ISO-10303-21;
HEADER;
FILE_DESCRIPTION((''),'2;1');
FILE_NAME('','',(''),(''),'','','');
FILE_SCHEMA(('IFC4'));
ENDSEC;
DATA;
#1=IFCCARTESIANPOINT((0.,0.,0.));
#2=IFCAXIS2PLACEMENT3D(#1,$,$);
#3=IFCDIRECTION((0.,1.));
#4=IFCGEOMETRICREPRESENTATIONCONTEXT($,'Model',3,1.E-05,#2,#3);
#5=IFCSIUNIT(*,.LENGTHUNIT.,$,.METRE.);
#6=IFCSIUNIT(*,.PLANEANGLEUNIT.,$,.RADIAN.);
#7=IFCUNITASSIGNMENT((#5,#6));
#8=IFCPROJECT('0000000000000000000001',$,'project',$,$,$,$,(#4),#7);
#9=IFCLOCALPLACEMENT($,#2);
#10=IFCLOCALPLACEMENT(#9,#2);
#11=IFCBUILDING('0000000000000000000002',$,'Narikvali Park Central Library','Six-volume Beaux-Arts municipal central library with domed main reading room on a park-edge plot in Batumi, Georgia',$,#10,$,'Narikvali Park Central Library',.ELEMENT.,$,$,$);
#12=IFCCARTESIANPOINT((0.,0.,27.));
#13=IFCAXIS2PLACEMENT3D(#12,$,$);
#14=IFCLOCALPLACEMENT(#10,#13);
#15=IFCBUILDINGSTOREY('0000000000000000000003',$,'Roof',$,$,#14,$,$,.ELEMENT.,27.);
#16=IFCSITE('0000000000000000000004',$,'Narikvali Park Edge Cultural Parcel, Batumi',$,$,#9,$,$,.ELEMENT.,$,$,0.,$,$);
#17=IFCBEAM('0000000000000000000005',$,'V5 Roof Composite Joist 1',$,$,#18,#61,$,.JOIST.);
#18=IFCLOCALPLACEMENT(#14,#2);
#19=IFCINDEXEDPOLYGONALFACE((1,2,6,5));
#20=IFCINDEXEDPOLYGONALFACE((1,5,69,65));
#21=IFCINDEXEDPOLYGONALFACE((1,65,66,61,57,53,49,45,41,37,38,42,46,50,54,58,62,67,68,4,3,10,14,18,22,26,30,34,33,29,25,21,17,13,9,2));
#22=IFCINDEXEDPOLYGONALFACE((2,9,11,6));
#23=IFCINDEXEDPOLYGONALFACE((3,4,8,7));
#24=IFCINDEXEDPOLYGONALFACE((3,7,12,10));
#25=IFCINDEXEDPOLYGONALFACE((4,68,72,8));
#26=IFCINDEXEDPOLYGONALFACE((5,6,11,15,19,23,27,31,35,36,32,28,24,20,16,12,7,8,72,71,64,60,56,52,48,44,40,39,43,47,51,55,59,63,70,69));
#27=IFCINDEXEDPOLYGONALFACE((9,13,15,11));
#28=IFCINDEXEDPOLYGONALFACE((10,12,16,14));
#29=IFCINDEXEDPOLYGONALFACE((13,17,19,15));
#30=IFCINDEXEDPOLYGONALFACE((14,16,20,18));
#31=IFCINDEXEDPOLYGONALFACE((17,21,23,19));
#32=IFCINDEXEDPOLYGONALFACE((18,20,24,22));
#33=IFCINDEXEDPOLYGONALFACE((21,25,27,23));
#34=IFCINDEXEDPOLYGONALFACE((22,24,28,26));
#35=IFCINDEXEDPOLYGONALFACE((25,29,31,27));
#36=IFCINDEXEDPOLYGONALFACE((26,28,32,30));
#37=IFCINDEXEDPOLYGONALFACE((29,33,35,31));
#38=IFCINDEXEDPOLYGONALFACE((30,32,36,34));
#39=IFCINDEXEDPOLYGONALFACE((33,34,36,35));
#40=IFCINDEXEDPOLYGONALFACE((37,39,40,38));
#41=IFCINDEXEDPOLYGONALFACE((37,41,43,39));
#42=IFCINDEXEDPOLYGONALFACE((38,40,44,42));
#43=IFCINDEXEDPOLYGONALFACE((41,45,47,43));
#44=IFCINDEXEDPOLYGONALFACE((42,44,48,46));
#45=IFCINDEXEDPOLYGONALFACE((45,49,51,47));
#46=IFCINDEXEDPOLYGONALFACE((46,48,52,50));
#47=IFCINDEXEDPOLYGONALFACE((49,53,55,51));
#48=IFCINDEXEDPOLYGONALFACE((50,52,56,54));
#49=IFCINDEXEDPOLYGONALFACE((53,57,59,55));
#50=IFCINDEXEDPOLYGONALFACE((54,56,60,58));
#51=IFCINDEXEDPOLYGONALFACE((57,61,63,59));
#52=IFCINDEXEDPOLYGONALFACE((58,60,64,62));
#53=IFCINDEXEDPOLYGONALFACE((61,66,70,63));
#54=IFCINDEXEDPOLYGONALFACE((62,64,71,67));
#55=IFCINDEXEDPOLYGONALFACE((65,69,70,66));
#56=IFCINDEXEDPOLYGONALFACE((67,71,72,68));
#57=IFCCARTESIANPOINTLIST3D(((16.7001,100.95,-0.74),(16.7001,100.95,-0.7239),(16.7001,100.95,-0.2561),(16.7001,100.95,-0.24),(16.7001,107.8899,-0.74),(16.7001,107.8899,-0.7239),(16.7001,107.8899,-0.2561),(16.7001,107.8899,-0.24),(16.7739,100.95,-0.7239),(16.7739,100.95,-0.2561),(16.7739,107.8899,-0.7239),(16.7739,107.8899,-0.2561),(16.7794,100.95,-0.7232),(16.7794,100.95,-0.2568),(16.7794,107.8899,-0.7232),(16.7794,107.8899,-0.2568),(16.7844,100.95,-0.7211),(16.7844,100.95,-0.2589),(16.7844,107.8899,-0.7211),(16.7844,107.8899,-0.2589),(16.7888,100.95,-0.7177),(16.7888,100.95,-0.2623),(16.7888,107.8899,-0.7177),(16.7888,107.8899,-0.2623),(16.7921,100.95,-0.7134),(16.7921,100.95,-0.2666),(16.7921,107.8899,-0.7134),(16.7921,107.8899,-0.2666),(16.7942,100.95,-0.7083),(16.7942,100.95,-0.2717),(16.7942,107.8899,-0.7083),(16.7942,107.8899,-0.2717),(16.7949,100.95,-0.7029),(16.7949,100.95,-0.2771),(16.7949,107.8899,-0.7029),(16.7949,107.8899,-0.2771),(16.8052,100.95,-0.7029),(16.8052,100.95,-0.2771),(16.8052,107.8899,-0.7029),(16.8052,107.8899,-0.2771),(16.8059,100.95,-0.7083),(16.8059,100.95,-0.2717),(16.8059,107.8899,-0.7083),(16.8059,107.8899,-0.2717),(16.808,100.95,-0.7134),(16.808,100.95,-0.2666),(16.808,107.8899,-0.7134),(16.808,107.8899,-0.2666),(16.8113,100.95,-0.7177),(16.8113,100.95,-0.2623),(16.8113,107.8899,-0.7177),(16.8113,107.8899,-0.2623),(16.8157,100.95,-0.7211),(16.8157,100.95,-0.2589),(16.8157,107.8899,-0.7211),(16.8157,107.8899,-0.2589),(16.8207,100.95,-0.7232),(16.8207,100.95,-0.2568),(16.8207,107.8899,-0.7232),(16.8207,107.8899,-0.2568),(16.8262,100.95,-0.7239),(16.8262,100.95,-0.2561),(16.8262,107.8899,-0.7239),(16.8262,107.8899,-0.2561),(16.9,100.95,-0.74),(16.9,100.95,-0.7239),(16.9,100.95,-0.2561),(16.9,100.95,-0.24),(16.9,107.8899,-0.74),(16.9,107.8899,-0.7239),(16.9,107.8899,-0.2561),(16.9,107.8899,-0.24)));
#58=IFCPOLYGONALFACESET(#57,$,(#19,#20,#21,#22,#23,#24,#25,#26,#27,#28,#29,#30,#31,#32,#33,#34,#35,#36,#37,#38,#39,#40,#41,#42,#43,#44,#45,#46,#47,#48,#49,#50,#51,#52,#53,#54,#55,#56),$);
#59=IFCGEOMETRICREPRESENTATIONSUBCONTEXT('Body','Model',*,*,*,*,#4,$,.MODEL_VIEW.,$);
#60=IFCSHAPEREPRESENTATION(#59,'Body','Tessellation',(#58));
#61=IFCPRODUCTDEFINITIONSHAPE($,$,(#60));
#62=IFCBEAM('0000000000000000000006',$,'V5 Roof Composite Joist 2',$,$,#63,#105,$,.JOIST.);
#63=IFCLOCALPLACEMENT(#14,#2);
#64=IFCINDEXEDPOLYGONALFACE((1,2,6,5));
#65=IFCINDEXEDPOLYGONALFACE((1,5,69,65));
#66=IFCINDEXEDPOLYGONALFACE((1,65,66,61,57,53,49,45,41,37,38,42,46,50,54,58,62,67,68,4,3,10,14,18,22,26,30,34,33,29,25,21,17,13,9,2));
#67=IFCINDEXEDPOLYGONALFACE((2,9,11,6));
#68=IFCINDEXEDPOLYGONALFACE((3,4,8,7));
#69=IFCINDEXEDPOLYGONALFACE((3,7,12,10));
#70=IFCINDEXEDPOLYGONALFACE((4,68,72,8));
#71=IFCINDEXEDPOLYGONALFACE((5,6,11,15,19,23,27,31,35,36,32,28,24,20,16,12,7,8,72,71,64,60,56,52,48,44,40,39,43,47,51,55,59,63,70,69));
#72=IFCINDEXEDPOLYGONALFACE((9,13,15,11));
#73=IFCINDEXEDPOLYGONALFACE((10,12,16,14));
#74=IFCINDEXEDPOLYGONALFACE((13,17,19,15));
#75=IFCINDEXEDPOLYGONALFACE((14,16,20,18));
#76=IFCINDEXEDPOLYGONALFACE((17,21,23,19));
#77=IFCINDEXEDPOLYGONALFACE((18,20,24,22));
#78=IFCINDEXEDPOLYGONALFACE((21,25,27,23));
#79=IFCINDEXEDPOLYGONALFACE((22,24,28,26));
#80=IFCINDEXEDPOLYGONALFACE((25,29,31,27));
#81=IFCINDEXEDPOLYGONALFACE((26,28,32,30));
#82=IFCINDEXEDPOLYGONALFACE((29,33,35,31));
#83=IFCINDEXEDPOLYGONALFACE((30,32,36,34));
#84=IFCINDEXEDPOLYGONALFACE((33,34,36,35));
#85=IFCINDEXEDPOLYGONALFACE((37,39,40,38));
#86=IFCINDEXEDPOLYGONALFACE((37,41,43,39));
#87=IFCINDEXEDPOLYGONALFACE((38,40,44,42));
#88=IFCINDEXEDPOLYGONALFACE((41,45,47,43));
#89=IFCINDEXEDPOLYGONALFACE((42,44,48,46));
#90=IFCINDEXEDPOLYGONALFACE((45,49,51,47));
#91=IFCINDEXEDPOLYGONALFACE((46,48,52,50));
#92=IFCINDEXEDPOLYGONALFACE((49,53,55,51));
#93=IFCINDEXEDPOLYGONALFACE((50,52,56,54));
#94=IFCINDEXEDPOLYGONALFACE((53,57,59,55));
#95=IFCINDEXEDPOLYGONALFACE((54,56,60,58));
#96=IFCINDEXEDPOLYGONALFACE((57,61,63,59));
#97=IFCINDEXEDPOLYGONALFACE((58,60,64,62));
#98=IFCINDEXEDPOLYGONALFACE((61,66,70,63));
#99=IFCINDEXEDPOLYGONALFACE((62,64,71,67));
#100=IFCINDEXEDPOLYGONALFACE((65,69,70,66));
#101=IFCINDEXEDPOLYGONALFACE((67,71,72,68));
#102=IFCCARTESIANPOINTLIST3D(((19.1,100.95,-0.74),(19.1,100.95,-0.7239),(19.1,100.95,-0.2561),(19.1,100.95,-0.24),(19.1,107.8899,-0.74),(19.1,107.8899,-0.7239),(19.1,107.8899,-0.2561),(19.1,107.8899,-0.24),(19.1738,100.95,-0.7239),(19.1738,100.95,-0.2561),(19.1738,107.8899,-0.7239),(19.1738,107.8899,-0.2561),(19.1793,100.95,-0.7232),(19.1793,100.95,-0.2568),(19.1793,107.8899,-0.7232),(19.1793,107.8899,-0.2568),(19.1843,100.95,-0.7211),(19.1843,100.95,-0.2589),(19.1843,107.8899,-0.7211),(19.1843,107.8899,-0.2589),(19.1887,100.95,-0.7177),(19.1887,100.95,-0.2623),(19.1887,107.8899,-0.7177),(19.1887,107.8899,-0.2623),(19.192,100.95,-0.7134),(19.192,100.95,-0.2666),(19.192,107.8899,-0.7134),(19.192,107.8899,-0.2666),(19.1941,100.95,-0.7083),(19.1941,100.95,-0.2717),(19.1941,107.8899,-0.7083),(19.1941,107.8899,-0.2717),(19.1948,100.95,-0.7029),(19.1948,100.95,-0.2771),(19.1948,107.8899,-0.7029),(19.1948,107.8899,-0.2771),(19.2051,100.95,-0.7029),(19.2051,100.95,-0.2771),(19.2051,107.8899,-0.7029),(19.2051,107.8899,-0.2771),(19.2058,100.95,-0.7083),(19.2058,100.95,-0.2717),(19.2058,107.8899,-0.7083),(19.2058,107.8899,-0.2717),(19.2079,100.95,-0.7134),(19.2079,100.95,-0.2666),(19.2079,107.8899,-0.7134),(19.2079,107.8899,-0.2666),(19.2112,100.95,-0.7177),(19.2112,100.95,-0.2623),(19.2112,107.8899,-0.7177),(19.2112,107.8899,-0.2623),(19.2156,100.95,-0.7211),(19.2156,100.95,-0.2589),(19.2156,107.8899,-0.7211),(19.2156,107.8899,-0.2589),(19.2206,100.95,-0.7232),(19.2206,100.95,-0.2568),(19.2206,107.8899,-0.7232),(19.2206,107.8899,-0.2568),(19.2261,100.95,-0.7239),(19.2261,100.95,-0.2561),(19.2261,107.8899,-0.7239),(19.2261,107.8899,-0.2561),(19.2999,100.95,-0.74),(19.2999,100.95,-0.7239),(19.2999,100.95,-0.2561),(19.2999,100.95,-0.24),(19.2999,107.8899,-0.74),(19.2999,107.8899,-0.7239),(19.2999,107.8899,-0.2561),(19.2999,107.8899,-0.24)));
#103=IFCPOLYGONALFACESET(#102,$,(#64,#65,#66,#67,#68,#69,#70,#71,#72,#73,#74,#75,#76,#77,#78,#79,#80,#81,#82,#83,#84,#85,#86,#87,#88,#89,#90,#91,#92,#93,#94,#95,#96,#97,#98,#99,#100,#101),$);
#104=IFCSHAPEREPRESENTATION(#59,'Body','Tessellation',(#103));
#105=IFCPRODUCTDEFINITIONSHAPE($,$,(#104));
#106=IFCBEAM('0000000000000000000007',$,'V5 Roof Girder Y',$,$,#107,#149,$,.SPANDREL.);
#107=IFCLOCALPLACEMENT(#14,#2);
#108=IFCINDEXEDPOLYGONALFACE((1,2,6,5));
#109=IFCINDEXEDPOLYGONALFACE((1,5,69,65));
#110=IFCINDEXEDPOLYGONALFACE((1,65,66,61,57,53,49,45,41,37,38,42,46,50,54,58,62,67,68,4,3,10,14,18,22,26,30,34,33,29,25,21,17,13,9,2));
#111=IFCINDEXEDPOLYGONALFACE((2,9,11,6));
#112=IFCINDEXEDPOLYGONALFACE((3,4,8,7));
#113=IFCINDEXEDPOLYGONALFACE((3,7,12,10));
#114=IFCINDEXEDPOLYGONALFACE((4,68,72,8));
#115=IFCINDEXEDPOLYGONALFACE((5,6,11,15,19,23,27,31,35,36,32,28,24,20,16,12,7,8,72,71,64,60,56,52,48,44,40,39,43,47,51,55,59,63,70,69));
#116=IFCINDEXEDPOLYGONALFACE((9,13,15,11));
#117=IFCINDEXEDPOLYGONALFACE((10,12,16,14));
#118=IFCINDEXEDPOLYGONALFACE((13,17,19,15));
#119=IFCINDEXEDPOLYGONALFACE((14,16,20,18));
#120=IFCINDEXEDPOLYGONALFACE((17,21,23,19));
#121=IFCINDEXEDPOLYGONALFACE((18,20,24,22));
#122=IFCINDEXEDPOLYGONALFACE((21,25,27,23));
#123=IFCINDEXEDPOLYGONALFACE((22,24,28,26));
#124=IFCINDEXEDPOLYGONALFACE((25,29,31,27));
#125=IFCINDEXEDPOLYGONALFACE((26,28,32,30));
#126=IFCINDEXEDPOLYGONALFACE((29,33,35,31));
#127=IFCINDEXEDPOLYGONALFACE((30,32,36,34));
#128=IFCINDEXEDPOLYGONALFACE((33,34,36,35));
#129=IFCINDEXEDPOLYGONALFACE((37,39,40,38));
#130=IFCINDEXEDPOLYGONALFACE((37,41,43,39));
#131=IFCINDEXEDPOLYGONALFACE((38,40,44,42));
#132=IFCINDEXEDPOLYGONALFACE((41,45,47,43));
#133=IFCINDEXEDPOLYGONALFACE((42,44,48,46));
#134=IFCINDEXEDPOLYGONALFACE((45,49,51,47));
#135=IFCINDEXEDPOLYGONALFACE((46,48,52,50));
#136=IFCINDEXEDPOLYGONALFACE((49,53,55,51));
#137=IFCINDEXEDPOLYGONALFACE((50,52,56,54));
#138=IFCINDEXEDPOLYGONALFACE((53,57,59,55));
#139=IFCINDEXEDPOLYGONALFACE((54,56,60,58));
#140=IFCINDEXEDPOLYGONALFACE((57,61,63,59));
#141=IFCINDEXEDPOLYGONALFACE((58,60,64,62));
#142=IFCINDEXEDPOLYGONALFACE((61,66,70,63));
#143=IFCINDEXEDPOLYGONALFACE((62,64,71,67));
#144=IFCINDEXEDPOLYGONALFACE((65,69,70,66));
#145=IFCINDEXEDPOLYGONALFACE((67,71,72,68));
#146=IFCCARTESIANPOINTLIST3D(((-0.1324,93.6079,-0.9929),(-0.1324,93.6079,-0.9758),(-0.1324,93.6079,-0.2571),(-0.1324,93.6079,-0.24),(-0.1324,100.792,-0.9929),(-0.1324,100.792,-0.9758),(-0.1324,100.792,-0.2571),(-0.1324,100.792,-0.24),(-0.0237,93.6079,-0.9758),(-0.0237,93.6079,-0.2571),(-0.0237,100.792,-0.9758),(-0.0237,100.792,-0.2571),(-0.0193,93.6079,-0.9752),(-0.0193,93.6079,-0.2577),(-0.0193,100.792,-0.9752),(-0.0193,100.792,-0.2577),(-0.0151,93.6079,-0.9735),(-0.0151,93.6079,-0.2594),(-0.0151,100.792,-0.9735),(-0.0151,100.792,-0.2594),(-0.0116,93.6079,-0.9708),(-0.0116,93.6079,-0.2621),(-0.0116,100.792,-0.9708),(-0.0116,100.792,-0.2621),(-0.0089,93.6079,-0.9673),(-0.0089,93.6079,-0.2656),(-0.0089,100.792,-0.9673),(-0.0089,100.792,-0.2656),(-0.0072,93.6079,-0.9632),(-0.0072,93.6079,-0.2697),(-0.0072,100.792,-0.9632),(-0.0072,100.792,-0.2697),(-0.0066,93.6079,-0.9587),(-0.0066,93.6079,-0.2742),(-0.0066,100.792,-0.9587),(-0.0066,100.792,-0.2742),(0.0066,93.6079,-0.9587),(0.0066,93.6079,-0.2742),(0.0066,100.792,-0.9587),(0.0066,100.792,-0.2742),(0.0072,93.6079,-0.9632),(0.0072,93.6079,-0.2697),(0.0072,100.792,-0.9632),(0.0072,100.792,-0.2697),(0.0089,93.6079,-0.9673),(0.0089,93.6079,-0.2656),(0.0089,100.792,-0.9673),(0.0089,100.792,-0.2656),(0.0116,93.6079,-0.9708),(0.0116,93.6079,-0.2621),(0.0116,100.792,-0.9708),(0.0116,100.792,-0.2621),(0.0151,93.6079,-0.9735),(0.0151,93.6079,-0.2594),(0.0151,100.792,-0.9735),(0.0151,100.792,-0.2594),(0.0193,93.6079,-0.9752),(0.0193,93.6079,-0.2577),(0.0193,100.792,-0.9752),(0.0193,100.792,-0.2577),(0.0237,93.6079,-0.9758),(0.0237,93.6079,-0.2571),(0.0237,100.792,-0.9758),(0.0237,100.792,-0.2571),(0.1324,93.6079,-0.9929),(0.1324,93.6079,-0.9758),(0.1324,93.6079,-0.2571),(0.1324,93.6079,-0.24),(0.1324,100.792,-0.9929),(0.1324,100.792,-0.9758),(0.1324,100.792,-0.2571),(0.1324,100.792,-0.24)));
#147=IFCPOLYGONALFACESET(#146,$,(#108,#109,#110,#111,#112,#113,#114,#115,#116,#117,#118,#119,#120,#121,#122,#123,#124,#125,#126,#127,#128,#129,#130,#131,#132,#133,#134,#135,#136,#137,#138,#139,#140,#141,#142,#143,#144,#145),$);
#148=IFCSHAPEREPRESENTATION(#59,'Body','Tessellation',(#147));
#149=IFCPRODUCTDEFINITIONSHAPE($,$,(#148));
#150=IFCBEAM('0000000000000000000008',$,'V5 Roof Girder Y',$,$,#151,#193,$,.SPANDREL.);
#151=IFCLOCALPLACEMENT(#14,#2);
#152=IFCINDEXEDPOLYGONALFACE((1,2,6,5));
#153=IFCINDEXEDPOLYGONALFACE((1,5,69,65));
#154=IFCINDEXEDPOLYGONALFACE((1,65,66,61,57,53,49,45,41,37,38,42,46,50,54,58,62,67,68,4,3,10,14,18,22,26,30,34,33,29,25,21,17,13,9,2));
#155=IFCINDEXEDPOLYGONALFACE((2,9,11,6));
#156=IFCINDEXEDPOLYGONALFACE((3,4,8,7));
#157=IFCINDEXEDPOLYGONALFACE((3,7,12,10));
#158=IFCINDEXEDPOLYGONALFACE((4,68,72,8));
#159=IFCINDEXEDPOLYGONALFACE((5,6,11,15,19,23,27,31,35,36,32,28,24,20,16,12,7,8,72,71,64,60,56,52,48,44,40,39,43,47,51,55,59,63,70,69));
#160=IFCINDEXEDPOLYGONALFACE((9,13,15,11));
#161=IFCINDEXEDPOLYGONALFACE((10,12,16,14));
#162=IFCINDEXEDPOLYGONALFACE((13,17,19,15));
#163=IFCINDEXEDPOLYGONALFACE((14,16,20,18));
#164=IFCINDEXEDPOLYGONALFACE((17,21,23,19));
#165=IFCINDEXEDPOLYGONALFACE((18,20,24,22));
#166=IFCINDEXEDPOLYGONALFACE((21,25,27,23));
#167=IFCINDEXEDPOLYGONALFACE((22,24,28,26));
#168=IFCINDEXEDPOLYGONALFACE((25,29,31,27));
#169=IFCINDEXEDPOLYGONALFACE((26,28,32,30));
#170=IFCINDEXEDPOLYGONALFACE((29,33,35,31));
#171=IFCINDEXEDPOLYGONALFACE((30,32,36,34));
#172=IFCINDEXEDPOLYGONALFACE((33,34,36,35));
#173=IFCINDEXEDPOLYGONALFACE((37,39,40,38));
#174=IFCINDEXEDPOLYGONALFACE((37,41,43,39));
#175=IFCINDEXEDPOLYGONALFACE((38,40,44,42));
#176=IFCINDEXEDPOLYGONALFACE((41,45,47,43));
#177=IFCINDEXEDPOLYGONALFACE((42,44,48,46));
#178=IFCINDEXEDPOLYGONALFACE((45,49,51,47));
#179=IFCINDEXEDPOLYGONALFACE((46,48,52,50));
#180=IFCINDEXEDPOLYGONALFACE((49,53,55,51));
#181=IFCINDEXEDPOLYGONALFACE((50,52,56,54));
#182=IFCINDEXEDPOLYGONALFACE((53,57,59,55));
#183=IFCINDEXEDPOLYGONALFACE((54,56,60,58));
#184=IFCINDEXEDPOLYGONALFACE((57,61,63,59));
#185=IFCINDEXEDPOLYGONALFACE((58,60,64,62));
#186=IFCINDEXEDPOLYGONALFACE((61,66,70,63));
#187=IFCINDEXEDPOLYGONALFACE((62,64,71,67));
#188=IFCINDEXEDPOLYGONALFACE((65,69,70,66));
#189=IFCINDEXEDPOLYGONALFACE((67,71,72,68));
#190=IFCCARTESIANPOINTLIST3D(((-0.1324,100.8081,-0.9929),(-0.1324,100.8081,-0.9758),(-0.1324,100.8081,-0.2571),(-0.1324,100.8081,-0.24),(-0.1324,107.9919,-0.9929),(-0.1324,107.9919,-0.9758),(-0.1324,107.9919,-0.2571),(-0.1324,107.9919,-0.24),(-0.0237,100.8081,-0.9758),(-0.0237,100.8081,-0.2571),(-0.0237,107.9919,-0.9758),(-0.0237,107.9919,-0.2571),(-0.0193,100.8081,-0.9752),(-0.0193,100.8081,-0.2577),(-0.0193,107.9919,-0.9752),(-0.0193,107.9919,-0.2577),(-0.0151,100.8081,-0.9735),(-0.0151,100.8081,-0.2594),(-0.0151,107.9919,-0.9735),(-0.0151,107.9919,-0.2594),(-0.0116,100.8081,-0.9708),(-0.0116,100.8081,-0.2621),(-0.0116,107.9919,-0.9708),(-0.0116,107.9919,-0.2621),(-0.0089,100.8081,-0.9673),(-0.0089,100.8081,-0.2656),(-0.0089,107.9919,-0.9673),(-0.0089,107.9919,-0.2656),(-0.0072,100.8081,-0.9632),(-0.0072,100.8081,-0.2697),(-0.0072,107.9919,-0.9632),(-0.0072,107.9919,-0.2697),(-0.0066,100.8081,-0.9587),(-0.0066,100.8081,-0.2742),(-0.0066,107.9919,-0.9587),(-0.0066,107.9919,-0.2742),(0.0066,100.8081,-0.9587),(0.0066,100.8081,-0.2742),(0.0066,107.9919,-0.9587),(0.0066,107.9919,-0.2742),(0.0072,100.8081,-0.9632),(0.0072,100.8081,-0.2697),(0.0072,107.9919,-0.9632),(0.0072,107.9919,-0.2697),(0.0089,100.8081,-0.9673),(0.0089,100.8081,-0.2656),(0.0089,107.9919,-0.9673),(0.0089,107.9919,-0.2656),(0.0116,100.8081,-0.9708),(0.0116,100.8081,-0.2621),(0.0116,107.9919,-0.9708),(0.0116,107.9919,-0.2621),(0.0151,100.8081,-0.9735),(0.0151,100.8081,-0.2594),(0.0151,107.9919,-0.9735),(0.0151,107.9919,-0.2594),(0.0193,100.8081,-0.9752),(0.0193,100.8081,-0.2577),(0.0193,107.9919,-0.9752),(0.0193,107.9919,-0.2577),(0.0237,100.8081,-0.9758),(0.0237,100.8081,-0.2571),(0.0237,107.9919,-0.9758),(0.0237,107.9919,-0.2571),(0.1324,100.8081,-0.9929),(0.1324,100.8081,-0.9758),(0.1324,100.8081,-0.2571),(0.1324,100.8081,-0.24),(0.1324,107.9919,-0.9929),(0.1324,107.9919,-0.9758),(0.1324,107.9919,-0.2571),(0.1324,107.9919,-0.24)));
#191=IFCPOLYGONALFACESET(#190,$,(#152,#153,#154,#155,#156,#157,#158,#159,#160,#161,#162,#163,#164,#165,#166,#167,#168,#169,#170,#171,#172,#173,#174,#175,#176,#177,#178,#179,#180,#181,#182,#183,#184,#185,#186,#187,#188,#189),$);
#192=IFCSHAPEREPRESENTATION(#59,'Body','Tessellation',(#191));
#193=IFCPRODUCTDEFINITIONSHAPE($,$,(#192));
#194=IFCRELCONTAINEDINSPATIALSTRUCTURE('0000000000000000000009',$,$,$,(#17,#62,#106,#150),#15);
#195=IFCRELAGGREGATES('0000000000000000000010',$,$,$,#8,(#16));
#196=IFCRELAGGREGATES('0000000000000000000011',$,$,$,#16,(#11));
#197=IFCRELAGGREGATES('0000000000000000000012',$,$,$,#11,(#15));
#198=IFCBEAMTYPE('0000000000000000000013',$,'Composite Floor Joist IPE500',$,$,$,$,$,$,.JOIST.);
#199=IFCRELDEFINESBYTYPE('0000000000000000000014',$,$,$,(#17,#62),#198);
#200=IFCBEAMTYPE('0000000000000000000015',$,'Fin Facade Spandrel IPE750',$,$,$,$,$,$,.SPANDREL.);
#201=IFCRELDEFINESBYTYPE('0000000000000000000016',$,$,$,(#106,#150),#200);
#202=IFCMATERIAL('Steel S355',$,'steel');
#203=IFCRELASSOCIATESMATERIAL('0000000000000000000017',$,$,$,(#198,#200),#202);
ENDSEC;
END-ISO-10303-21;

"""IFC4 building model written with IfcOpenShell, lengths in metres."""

from ifc_helpers import new_model, si_unit, direction, frame, origin, origin_2d, place, context, subcontext, project, spatial, i_section, extrude, material, material_profile, profile_set, type_object, element, save


model = new_model("IFC4")

# Units and contexts
model_context = context("Model", 3, precision=1e-05, world=origin(), true_north=direction((0.0, 1.0)))
body_context = subcontext(model_context, "Body", "Model", "MODEL_VIEW")
ifc_project = project(units=[si_unit("LENGTHUNIT", "METRE"), si_unit("PLANEANGLEUNIT", "RADIAN")], contexts=[model_context])

# Site, building, storey
site_placement = place(None, origin())
site = spatial("IfcSite", under=ifc_project, at=site_placement, Name="Narikvali Park Edge Cultural Parcel, Batumi", CompositionType="ELEMENT", RefElevation=0.0)
building_placement = place(site_placement, origin())
building = spatial("IfcBuilding", under=site, at=building_placement, Name="Narikvali Park Central Library", Description="Six-volume Beaux-Arts municipal central library with domed main reading room on a park-edge plot in Batumi, Georgia", LongName="Narikvali Park Central Library", CompositionType="ELEMENT")
storey_placement = place(building_placement, frame((0.0, 0.0, 27.0)))
storey = spatial("IfcBuildingStorey", under=building, at=storey_placement, Name="Roof", CompositionType="ELEMENT", Elevation=27.0)

# Beams
ifc_material = material(Name="Steel S355", Category="steel")
ifc_material_profile_1 = material_profile(ifc_material, i_section(OverallWidth=0.2, OverallDepth=0.5, WebThickness=0.0103, FlangeThickness=0.0161, FilletRadius=0.021, at=origin_2d()), Name="IPE 500")
ifc_profile_set_1 = profile_set([ifc_material_profile_1], Name="Steel S355")
beam_type_1 = type_object("IfcBeamType", Name="Composite Floor Joist IPE500", PredefinedType="JOIST", material=ifc_profile_set_1)
for number, where, z_axis, x_axis, name in (
    (1, (16.8, 100.95, -0.49), (0.0, 1.0, 0.0), (-1.0, 0.0, 0.0), "V5 Roof Composite Joist 1"),
    (2, (19.2, 100.95, -0.49), (0.0, 1.0, 0.0), (-1.0, 0.0, 0.0), "V5 Roof Composite Joist 2"),
):
    element("IfcBeam", number, at=place(storey_placement, frame(where, z_axis=z_axis, x_axis=x_axis)), inside=storey, type_object=beam_type_1, Name=name, PredefinedType="JOIST", context=body_context, shape_type="SweptSolid", body=[
        extrude(i_section(OverallWidth=0.2, OverallDepth=0.5, WebThickness=0.0103, FlangeThickness=0.0161, FilletRadius=0.021, at=origin_2d()), origin(), (0.0, 0.0, 1.0), 6.9399),
    ])
ifc_material_profile_2 = material_profile(ifc_material, i_section(OverallWidth=0.2649, OverallDepth=0.7529, WebThickness=0.0132, FlangeThickness=0.0171, FilletRadius=0.0171, at=origin_2d()), Name="IPE 750x147")
ifc_profile_set_2 = profile_set([ifc_material_profile_2], Name="Steel S355")
beam_type_2 = type_object("IfcBeamType", Name="Fin Facade Spandrel IPE750", PredefinedType="SPANDREL", material=ifc_profile_set_2)
beam_1_placement = place(storey_placement, frame((0.0, 93.6079, -0.6165), z_axis=(0.0, 1.0, 0.0), x_axis=(-1.0, 0.0, 0.0)))
element("IfcBeam", 3, at=beam_1_placement, inside=storey, type_object=beam_type_2, Name="V5 Roof Girder Y", PredefinedType="SPANDREL", context=body_context, shape_type="SweptSolid", body=[
    extrude(i_section(OverallWidth=0.2649, OverallDepth=0.7529, WebThickness=0.0132, FlangeThickness=0.0171, FilletRadius=0.0171, at=origin_2d()), origin(), (0.0, 0.0, 1.0), 7.1841),
])
beam_2_placement = place(storey_placement, frame((0.0, 100.8081, -0.6165), z_axis=(0.0, 1.0, 0.0), x_axis=(-1.0, 0.0, 0.0)))
element("IfcBeam", 4, at=beam_2_placement, inside=storey, type_object=beam_type_2, Name="V5 Roof Girder Y", PredefinedType="SPANDREL", context=body_context, shape_type="SweptSolid", body=[
    extrude(i_section(OverallWidth=0.2649, OverallDepth=0.7529, WebThickness=0.0132, FlangeThickness=0.0171, FilletRadius=0.0171, at=origin_2d()), origin(), (0.0, 0.0, 1.0), 7.1838),
])

save(model, "model.ifc")
